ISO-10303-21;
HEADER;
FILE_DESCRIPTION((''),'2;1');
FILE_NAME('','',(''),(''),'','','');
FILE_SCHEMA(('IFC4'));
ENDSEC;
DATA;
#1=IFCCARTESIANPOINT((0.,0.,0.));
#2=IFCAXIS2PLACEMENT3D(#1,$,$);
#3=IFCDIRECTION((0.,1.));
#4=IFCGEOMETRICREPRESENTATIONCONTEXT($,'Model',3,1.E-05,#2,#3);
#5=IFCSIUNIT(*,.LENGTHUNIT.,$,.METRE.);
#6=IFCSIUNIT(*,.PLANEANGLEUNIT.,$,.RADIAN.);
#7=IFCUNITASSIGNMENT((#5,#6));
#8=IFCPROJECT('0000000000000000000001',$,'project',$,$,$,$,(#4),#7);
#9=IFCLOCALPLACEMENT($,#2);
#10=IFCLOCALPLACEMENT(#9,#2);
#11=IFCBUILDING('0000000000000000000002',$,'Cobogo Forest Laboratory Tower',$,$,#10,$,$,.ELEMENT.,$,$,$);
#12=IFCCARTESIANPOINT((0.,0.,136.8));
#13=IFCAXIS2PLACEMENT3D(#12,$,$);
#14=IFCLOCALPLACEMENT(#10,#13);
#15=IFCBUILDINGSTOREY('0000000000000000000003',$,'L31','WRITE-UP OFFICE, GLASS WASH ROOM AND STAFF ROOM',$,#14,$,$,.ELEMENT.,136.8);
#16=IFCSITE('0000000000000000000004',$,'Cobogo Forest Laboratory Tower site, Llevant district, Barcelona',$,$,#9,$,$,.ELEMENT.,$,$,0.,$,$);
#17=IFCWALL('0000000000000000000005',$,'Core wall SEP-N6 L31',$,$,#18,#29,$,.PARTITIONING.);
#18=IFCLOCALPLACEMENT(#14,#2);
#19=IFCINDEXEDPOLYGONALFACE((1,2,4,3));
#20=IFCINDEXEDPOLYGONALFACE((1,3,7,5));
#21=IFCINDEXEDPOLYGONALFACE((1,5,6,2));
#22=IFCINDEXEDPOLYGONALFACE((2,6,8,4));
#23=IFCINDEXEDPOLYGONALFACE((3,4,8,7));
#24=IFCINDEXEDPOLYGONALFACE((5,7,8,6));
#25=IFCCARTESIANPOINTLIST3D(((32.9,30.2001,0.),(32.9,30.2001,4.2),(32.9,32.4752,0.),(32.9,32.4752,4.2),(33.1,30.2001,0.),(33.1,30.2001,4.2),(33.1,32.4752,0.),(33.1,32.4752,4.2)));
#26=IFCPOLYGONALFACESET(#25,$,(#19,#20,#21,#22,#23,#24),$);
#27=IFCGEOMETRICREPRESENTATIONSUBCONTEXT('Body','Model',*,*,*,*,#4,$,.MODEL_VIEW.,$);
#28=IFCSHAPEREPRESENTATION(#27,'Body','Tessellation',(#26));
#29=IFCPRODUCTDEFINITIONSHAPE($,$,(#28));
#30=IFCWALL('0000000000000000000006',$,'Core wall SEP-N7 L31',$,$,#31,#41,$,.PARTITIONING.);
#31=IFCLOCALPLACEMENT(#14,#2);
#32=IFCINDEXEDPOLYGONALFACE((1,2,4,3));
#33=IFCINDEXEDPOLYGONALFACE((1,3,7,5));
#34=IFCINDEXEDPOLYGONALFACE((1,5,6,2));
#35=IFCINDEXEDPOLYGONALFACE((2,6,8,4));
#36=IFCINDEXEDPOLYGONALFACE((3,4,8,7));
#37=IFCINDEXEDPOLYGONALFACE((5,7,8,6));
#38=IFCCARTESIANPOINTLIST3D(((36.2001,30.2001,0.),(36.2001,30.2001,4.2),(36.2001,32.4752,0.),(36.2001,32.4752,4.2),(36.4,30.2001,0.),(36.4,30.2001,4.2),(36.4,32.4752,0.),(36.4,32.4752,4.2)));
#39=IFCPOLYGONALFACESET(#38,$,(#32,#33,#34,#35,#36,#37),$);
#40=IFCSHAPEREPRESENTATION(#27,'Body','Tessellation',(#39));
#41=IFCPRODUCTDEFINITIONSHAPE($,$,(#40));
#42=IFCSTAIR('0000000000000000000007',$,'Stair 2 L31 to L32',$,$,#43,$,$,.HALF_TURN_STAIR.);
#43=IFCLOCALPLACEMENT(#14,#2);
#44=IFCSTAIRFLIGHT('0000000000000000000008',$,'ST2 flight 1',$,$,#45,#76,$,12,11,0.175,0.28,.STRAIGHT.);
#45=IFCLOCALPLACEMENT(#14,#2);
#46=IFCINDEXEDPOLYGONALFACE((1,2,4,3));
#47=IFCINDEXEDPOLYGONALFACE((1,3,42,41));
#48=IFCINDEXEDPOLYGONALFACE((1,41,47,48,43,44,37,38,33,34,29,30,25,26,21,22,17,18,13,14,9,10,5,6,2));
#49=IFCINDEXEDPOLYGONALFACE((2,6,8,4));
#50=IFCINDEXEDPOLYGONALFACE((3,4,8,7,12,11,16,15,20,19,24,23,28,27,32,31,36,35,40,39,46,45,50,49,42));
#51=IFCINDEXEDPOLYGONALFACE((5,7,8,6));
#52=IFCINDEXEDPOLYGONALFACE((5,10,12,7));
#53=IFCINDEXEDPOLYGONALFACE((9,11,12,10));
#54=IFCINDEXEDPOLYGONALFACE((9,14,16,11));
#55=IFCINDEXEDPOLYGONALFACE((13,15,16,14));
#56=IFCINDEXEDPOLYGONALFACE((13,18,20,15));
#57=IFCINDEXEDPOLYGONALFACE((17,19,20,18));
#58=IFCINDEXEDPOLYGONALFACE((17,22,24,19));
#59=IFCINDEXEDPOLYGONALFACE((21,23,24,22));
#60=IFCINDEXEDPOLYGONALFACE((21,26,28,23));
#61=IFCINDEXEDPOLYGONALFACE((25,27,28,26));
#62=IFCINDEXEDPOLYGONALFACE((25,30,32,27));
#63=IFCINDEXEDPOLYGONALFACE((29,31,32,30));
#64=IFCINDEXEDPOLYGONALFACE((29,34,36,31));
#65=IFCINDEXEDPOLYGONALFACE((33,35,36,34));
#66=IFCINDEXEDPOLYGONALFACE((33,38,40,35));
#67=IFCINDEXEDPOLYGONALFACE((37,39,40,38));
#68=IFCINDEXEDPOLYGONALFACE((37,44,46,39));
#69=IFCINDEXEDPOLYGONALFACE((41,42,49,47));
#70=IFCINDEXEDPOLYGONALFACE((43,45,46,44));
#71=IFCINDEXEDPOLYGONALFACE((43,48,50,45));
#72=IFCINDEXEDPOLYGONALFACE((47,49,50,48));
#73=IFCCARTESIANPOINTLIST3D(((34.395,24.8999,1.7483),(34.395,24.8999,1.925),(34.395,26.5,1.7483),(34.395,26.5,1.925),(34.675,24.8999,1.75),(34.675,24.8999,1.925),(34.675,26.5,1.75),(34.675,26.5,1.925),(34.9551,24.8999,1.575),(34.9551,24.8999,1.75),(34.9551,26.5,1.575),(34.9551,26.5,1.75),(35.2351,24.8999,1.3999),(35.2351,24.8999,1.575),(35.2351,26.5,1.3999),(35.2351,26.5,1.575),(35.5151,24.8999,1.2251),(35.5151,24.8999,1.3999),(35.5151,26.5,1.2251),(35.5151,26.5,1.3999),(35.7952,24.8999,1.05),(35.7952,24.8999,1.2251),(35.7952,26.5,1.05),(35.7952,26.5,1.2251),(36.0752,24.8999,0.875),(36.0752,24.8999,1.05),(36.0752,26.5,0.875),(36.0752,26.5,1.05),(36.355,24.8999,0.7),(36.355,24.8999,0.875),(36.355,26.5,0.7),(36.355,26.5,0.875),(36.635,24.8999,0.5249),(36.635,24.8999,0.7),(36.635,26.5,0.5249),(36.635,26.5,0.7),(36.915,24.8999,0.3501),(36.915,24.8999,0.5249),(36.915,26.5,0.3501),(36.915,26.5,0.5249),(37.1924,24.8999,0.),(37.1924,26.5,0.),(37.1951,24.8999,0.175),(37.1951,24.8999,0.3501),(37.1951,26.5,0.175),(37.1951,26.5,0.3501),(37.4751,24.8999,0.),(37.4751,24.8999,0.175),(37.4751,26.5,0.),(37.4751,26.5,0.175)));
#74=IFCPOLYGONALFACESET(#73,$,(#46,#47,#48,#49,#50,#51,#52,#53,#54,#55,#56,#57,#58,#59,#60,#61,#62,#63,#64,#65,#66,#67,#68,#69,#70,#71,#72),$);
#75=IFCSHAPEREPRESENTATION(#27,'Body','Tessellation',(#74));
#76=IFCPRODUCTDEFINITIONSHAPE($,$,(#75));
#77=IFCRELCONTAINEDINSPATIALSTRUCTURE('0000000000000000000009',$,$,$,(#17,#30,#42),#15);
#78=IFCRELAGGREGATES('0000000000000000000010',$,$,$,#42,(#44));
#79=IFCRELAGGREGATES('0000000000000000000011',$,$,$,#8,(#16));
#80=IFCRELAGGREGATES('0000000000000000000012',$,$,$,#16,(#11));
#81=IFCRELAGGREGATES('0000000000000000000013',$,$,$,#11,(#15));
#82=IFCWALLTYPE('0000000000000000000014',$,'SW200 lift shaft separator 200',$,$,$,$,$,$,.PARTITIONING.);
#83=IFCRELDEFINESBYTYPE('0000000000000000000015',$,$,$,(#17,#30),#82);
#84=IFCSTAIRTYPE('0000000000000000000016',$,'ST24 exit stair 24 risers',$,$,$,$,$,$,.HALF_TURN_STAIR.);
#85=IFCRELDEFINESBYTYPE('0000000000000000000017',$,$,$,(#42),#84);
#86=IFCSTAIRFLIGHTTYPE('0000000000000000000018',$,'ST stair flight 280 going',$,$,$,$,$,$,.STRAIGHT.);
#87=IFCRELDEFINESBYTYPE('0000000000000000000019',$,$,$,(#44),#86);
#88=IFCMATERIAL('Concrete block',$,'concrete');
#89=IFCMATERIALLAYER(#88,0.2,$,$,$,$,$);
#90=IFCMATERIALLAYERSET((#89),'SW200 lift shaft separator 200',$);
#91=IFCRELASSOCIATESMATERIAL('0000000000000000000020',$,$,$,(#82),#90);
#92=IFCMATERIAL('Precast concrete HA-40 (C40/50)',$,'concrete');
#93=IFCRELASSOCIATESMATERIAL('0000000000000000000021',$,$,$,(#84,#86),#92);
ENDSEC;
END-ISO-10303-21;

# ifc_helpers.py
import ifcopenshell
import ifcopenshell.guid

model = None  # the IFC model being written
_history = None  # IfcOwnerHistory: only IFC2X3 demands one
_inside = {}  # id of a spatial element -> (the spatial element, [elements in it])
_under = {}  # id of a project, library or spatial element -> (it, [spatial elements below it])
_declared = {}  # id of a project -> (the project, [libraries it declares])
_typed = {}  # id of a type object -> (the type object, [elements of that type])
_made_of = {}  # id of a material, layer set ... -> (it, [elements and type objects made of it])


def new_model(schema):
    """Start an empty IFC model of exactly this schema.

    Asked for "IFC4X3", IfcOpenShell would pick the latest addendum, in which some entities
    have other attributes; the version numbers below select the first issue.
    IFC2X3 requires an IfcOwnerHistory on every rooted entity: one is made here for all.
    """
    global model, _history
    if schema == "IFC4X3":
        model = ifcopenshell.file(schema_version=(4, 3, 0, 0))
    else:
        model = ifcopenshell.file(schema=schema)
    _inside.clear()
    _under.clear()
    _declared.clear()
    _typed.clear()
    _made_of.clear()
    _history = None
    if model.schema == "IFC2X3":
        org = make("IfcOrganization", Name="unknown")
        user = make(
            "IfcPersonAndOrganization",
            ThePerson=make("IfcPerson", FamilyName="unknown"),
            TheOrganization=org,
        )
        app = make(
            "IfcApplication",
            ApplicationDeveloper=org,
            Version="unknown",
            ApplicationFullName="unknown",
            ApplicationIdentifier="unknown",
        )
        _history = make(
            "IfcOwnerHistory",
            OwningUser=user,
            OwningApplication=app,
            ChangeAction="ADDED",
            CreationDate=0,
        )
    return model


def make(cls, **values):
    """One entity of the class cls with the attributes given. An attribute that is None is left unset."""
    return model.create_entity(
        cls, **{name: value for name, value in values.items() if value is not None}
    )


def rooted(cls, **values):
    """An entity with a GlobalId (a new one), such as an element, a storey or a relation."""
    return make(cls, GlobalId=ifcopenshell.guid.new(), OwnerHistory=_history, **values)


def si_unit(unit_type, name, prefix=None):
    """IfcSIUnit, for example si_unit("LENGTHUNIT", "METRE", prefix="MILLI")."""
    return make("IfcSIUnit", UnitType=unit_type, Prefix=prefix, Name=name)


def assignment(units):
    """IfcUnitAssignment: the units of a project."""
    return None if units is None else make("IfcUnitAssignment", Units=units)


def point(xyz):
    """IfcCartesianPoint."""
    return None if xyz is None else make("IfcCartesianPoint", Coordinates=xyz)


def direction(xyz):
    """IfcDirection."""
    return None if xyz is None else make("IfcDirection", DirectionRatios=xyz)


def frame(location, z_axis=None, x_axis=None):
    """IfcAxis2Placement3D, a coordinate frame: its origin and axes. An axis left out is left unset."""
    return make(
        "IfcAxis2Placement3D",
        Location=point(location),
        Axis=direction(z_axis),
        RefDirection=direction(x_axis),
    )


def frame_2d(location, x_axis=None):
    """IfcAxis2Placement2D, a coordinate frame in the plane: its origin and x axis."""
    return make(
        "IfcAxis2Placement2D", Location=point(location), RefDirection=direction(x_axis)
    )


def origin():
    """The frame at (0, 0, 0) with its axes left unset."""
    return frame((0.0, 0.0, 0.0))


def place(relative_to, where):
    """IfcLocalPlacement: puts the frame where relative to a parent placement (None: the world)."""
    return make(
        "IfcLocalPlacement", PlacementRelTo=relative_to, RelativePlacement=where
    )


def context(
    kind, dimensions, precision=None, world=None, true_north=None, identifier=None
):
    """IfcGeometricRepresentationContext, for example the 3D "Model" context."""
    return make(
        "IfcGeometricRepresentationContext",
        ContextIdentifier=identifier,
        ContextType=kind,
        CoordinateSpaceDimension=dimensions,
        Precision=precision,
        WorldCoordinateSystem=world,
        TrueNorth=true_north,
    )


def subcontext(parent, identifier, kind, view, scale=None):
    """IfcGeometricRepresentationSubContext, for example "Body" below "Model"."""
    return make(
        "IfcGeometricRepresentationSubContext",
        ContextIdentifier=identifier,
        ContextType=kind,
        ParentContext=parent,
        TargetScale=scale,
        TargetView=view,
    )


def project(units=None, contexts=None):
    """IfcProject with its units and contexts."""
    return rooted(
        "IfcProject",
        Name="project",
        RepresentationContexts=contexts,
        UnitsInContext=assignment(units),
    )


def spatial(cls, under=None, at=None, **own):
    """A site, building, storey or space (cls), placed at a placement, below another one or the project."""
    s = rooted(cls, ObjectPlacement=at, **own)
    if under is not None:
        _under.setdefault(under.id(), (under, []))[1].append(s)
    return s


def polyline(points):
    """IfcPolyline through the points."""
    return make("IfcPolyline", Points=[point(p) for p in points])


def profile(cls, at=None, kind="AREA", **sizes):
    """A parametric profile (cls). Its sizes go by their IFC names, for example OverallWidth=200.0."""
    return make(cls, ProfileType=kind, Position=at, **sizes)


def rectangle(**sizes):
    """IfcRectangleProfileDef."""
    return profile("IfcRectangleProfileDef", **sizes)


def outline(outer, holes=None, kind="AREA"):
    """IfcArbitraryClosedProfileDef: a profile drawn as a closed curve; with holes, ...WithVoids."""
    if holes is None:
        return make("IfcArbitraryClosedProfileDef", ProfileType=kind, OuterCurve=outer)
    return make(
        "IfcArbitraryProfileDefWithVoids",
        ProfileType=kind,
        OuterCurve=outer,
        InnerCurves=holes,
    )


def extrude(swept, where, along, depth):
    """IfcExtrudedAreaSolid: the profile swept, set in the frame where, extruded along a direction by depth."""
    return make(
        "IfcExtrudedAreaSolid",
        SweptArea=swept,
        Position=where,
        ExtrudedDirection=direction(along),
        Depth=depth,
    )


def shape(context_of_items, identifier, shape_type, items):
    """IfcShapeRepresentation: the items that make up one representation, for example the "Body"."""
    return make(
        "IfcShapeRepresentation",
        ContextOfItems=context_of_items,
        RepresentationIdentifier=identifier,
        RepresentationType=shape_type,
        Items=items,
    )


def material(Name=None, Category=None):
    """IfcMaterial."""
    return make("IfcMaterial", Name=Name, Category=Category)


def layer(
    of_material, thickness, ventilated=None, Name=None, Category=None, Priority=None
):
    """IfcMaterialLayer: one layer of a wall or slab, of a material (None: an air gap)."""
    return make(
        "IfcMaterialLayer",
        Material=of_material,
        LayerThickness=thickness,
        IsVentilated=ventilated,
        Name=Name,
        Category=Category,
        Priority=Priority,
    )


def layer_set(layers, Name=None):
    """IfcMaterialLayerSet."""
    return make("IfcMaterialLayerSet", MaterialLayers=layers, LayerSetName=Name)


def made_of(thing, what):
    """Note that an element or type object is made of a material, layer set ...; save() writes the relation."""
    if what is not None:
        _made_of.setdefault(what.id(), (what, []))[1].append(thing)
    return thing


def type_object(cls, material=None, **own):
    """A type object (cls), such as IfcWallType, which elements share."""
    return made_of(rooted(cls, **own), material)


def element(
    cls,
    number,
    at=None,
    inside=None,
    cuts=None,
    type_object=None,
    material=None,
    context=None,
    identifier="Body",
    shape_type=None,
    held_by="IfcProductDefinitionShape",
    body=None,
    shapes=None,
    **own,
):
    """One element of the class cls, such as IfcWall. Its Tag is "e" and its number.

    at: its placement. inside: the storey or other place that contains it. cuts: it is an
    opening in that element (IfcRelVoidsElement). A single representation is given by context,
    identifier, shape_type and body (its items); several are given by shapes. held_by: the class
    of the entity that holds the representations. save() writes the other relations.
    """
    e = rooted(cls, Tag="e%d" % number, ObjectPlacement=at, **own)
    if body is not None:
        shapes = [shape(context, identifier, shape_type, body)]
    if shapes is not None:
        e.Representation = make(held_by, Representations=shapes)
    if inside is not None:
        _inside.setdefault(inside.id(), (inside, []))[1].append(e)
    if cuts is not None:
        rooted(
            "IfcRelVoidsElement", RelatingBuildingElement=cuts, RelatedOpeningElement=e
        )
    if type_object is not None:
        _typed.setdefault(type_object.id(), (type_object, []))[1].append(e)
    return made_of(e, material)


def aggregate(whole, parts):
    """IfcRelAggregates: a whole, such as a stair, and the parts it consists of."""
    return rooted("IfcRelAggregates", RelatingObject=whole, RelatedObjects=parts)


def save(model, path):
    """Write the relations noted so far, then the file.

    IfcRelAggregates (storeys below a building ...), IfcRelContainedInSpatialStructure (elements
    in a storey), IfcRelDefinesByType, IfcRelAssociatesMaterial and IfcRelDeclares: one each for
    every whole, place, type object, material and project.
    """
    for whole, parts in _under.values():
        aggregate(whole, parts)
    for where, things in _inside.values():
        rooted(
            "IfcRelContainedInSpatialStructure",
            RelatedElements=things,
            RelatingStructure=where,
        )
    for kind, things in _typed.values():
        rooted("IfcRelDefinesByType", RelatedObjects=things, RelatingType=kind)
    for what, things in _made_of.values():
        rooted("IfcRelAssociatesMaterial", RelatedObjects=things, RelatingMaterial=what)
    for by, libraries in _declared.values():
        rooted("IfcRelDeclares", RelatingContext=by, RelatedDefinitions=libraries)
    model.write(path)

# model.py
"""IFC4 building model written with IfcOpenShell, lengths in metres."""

from ifc_helpers import new_model, si_unit, direction, frame, frame_2d, origin, place, context, subcontext, project, spatial, polyline, rectangle, outline, extrude, material, layer, layer_set, type_object, element, aggregate, save


model = new_model("IFC4")

# Units and contexts
model_context = context("Model", 3, precision=1e-05, world=origin(), true_north=direction((0.0, 1.0)))
body_context = subcontext(model_context, "Body", "Model", "MODEL_VIEW")
ifc_project = project(units=[si_unit("LENGTHUNIT", "METRE"), si_unit("PLANEANGLEUNIT", "RADIAN")], contexts=[model_context])

# Site, building, storey
site_placement = place(None, origin())
site = spatial("IfcSite", under=ifc_project, at=site_placement, Name="Cobogo Forest Laboratory Tower site, Llevant district, Barcelona", CompositionType="ELEMENT", RefElevation=0.0)
building_placement = place(site_placement, origin())
building = spatial("IfcBuilding", under=site, at=building_placement, Name="Cobogo Forest Laboratory Tower", CompositionType="ELEMENT")
storey_placement = place(building_placement, frame((0.0, 0.0, 136.8)))
storey = spatial("IfcBuildingStorey", under=building, at=storey_placement, Name="L31", Description="WRITE-UP OFFICE, GLASS WASH ROOM AND STAFF ROOM", CompositionType="ELEMENT", Elevation=136.8)

# Walls
ifc_material_1 = material(Name="Concrete block", Category="concrete")
ifc_layer_1 = layer(ifc_material_1, 0.2)
ifc_layer_set_1 = layer_set([ifc_layer_1], Name="SW200 lift shaft separator 200")
wall_type_1 = type_object("IfcWallType", Name="SW200 lift shaft separator 200", PredefinedType="PARTITIONING", material=ifc_layer_set_1)
for number, where, z_axis, x_axis, name in (
    (1, (33.0, 30.2, 0.0), (0.0, 0.0, 1.0), (0.0, 1.0, 0.0), "Core wall SEP-N6 L31"),
    (2, (36.3, 30.2, 0.0), (0.0, 0.0, 1.0), (0.0, 1.0, 0.0), "Core wall SEP-N7 L31"),
):
    element("IfcWall", number, at=place(storey_placement, frame(where, z_axis=z_axis, x_axis=x_axis)), inside=storey, type_object=wall_type_1, Name=name, PredefinedType="PARTITIONING", context=body_context, shape_type="SweptSolid", body=[
        extrude(rectangle(XDim=2.2751, YDim=0.2, at=frame_2d((1.1377, 0.0))), origin(), (0.0, 0.0, 1.0), 4.2),
    ])

# Stair, stair flight
ifc_material_2 = material(Name="Precast concrete HA-40 (C40/50)", Category="concrete")
stair_type = type_object("IfcStairType", Name="ST24 exit stair 24 risers", PredefinedType="HALF_TURN_STAIR", material=ifc_material_2)
stair_placement = place(storey_placement, origin())
stair = element("IfcStair", 3, at=stair_placement, inside=storey, type_object=stair_type, Name="Stair 2 L31 to L32", PredefinedType="HALF_TURN_STAIR")
stair_flight_type = type_object("IfcStairFlightType", Name="ST stair flight 280 going", PredefinedType="STRAIGHT", material=ifc_material_2)
stair_flight_placement = place(storey_placement, frame((37.4751, 25.7, 0.0), z_axis=(0.0, 0.0, 1.0), x_axis=(-1.0, 0.0, 0.0)))
stair_flight = element("IfcStairFlight", 4, at=stair_flight_placement, type_object=stair_flight_type, Name="ST2 flight 1", NumberOfRisers=12, NumberOfTreads=11, PredefinedType="STRAIGHT", RiserHeight=0.175, TreadLength=0.28, context=body_context, shape_type="SweptSolid", body=[
    extrude(outline(polyline([(0.0, 0.0), (0.0, 0.175), (0.28, 0.175), (0.28, 0.3501), (0.5601, 0.3501), (0.5601, 0.5249), (0.8401, 0.5249), (0.8401, 0.7), (1.1201, 0.7), (1.1201, 0.875), (1.3999, 0.875), (1.3999, 1.05), (1.6799, 1.05), (1.6799, 1.2251), (1.96, 1.2251), (1.96, 1.3999), (2.24, 1.3999), (2.24, 1.575), (2.52, 1.575), (2.52, 1.75), (2.8, 1.75), (2.8, 1.925), (3.0801, 1.925), (3.0801, 2.1001), (3.0801, 1.7483), (0.2827, 0.0), (0.0, 0.0)])), frame((0.0, 0.8, 0.0), z_axis=(0.0, -1.0, 0.0), x_axis=(1.0, 0.0, 0.0)), (0.0, 0.0, 1.0), 1.6001),
])
aggregate(stair, [stair_flight])

save(model, "model.ifc")
